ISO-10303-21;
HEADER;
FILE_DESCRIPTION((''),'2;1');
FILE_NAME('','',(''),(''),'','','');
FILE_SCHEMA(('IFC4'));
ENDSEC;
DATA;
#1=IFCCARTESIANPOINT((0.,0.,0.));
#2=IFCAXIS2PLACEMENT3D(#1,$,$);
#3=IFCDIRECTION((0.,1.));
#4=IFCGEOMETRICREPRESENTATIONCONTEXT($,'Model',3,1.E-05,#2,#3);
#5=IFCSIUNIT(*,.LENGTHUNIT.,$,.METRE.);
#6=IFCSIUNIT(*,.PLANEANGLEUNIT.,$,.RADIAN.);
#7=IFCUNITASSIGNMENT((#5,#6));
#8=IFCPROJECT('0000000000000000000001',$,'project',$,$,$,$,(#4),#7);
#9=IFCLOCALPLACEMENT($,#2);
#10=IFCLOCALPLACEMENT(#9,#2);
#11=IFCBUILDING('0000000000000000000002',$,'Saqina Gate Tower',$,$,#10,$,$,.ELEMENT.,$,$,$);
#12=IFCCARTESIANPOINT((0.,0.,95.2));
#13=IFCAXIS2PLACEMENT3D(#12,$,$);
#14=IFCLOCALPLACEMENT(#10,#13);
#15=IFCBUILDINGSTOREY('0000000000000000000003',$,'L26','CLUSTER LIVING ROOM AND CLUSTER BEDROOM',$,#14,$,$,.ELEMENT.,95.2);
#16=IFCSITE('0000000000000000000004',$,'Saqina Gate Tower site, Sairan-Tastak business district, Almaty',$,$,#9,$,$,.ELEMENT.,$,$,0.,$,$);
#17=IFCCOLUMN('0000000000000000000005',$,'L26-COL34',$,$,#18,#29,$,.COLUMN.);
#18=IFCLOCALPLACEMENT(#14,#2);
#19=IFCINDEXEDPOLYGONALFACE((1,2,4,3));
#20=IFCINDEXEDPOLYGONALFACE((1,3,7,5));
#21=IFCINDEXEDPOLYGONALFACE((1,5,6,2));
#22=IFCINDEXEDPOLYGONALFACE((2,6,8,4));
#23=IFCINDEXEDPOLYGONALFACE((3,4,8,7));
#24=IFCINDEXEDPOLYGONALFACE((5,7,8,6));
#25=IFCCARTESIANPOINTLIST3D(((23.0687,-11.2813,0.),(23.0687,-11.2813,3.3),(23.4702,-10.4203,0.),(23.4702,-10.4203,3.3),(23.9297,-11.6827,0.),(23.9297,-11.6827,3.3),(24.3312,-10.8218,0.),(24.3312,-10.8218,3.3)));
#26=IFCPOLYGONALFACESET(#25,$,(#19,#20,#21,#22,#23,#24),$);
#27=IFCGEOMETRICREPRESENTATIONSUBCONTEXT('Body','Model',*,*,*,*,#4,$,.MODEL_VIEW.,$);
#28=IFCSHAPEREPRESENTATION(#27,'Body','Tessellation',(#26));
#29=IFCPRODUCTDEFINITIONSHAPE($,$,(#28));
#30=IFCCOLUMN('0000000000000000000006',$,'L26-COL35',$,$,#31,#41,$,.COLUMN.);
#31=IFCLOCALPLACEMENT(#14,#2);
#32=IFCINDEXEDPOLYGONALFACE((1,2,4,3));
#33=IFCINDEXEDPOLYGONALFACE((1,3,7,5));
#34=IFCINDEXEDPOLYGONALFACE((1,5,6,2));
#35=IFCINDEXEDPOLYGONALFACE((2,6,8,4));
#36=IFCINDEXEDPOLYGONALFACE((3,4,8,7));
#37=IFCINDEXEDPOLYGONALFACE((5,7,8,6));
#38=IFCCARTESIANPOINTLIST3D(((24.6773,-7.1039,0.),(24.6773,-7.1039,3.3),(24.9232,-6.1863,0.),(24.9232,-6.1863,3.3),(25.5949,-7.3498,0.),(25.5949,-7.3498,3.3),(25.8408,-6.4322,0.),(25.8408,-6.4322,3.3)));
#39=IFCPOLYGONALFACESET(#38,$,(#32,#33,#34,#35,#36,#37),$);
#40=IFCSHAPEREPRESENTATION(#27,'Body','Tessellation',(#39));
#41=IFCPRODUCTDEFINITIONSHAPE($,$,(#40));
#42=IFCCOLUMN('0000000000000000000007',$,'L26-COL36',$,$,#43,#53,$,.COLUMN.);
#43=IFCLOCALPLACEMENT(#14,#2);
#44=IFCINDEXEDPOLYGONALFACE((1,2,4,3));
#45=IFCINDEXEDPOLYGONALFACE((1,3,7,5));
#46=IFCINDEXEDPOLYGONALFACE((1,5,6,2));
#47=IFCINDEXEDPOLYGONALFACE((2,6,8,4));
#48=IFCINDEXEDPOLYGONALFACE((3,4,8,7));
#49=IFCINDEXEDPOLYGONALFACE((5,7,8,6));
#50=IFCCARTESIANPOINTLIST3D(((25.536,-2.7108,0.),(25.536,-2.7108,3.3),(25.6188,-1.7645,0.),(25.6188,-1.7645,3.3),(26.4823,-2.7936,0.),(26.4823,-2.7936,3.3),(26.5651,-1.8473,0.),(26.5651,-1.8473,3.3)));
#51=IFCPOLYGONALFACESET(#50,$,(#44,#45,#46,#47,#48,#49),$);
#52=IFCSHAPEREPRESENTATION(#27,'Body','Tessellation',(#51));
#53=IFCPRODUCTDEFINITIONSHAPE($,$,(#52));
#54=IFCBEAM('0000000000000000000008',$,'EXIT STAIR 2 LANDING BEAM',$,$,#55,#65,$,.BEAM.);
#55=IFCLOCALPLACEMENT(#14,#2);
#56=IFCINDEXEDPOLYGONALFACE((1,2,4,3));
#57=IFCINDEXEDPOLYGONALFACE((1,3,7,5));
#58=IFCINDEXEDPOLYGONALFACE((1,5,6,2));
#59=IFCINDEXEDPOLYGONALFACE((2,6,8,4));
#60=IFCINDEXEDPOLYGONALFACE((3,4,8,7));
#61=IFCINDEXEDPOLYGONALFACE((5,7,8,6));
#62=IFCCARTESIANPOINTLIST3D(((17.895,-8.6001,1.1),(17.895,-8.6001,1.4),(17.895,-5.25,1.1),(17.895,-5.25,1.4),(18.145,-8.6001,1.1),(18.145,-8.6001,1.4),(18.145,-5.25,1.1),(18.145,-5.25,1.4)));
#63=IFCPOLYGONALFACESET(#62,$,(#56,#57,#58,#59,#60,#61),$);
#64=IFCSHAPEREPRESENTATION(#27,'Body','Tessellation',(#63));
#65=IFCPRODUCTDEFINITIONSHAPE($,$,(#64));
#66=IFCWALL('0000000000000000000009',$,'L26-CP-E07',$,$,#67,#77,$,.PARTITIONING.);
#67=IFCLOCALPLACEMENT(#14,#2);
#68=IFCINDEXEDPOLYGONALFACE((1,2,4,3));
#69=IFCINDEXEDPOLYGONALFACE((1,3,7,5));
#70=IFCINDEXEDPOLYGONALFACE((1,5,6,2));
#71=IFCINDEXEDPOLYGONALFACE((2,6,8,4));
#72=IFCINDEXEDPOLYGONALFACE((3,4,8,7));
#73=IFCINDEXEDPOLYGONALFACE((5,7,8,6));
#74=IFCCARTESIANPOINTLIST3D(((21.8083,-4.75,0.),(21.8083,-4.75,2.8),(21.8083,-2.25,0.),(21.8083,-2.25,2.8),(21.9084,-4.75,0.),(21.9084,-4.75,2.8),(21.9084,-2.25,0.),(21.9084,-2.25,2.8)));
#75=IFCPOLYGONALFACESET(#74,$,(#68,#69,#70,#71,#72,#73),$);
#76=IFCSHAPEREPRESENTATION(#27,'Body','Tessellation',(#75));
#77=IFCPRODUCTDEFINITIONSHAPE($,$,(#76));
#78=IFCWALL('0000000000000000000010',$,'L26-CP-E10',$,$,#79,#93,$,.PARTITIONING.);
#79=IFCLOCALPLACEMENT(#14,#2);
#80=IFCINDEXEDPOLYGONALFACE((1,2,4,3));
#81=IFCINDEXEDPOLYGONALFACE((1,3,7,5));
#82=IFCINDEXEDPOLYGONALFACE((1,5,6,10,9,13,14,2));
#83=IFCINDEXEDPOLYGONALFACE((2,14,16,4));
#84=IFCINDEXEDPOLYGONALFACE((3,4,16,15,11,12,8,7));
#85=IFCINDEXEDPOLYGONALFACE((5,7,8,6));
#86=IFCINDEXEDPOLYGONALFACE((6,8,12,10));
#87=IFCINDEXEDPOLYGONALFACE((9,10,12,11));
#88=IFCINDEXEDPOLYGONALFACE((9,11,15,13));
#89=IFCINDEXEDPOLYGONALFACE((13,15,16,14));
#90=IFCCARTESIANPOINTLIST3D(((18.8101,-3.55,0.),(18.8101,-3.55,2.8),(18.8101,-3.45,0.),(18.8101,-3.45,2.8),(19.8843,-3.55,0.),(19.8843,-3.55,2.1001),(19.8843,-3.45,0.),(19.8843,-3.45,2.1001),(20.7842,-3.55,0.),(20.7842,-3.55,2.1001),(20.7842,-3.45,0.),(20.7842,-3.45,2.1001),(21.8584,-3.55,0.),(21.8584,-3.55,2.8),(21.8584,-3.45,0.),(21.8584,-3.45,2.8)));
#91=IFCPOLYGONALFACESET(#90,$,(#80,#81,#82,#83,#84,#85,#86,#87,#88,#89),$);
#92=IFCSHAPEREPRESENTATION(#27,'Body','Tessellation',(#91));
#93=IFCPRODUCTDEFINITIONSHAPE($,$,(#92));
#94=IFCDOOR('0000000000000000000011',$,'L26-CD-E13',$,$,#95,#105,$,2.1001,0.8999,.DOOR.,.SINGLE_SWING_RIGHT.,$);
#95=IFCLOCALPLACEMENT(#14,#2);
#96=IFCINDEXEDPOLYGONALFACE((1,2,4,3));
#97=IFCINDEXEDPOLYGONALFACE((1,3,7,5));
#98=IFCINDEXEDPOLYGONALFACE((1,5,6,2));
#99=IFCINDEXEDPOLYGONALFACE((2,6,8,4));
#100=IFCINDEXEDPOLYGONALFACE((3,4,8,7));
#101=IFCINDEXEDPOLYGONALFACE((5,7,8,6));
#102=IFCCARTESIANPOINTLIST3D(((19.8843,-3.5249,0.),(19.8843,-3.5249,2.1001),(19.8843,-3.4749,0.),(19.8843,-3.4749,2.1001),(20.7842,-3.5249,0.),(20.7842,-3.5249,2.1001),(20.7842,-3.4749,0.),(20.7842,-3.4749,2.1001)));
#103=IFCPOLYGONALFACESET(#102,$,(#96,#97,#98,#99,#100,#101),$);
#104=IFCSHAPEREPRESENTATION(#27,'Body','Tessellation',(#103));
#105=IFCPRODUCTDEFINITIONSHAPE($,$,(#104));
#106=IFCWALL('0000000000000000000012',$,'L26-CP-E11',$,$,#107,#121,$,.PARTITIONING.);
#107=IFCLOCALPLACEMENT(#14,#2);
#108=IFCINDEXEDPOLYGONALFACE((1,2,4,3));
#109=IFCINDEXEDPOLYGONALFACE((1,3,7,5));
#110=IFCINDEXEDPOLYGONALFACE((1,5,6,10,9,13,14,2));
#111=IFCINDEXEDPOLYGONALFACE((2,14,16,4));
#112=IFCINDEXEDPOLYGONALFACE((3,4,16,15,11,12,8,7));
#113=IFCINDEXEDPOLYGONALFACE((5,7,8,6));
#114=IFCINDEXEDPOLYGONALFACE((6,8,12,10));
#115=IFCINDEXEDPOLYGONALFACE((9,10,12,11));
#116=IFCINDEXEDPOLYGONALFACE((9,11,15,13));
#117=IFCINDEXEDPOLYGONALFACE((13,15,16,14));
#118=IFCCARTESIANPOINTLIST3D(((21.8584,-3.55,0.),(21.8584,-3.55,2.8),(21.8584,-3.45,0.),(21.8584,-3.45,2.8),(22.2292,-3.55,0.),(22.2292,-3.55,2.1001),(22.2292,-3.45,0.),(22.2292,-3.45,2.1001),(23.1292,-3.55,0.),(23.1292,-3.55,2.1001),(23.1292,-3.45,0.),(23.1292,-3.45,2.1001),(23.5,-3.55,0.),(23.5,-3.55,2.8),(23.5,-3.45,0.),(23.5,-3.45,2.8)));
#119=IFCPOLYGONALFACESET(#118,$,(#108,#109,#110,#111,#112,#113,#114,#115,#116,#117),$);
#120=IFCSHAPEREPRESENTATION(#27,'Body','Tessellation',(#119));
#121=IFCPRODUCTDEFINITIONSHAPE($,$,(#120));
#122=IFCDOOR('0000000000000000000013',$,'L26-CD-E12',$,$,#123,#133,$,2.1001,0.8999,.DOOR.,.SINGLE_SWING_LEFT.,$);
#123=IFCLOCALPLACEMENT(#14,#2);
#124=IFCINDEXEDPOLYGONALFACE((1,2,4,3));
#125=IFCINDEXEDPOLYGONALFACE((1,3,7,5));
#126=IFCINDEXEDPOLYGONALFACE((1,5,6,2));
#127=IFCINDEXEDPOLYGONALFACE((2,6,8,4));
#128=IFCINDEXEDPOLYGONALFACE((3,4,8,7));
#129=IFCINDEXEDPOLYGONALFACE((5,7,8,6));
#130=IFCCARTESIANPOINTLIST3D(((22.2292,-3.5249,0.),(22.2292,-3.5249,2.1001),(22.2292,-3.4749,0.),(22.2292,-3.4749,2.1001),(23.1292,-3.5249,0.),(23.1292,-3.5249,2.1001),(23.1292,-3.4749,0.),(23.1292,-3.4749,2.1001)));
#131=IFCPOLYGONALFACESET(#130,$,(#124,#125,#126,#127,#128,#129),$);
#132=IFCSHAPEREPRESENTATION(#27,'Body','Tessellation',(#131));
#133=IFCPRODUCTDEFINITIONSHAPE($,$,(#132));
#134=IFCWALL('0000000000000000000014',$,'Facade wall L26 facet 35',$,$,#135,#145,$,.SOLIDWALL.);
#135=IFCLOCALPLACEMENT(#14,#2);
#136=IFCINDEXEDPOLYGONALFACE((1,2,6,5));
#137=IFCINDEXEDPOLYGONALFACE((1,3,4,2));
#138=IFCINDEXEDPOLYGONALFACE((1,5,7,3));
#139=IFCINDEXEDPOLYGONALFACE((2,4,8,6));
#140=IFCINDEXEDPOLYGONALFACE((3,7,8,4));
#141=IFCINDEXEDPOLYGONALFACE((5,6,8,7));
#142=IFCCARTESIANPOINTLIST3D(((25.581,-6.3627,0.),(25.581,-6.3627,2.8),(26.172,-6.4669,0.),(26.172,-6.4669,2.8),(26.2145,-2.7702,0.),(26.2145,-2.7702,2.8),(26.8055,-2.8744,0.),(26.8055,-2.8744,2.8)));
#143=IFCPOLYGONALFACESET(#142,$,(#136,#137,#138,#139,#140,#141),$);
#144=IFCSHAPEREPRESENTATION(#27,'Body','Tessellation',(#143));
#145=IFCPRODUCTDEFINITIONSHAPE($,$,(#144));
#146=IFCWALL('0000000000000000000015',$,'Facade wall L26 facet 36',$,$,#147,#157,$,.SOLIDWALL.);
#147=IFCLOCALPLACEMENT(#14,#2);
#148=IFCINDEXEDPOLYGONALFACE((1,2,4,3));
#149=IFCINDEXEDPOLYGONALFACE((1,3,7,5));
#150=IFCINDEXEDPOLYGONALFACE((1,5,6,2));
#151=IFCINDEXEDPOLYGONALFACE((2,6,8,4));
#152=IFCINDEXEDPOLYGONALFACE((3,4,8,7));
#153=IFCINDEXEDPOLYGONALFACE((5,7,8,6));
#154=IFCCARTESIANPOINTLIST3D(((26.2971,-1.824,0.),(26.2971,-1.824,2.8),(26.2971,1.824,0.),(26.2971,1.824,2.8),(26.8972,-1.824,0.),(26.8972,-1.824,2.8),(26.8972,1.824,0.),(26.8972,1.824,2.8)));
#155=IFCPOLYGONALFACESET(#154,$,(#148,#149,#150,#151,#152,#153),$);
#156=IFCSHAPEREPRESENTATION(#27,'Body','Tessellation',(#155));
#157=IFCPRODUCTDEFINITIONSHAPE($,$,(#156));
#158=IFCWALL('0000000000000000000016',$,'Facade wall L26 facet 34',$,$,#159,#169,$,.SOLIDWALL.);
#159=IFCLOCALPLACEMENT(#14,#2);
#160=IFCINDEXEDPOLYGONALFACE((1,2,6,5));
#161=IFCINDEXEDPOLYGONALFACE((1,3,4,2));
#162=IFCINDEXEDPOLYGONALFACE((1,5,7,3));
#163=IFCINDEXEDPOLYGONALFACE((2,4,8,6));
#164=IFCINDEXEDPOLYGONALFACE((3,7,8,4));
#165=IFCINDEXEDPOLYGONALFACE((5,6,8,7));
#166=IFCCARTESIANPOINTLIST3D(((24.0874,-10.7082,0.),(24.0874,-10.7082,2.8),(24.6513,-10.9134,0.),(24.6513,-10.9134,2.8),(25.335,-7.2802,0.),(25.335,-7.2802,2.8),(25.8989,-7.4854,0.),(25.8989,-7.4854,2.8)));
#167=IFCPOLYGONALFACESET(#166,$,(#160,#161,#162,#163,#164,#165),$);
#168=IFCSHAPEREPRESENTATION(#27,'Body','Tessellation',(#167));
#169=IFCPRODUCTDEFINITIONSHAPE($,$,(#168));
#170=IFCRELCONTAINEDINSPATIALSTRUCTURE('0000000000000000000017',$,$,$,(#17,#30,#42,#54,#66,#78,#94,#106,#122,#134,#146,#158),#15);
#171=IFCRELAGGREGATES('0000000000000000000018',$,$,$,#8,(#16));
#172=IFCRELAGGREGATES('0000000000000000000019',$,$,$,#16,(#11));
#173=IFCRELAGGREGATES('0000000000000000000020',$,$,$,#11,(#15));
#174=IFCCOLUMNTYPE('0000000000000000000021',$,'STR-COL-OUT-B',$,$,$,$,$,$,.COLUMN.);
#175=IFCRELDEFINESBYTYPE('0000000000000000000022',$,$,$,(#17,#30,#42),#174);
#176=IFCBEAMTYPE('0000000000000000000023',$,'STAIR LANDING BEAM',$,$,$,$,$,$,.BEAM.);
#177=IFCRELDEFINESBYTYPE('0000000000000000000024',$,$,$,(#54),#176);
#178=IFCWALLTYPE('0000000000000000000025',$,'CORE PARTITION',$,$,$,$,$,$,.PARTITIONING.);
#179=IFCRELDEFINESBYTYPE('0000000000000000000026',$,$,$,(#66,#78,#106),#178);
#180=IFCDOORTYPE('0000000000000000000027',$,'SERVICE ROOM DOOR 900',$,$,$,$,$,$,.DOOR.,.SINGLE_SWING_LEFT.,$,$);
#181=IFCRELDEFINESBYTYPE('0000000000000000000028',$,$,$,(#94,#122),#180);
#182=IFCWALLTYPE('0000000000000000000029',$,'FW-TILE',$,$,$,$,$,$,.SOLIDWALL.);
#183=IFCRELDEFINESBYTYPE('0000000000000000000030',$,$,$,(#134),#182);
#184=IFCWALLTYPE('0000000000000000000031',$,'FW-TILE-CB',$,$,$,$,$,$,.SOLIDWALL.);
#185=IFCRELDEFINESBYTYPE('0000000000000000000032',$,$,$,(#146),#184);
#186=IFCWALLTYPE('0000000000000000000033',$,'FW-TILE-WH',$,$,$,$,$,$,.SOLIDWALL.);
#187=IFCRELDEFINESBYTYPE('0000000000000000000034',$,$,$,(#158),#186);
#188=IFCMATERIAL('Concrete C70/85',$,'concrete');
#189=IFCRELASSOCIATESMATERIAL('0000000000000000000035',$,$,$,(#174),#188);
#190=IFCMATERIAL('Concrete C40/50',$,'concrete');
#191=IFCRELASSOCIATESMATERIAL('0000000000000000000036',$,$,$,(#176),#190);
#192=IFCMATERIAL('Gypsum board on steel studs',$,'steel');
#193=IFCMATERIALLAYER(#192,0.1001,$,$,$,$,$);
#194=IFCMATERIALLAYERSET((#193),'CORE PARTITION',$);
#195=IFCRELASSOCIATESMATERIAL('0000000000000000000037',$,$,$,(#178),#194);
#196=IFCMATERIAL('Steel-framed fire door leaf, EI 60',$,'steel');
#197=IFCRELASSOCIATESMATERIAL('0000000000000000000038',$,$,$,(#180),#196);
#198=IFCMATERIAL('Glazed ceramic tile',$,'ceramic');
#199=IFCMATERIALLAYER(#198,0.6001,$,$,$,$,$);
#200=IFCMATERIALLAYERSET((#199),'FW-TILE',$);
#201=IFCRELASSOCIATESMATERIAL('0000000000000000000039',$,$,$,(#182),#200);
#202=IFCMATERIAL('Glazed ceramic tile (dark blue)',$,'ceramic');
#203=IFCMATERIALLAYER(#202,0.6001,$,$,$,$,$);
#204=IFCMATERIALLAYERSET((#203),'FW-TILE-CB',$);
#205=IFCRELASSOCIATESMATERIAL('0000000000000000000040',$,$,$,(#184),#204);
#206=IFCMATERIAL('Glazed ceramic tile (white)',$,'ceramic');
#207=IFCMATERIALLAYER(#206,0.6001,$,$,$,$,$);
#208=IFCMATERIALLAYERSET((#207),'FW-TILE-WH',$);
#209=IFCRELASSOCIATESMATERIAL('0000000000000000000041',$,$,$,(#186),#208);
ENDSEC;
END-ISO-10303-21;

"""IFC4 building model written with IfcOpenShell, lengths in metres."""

from ifc_helpers import new_model, si_unit, direction, frame, frame_2d, origin, origin_2d, place, context, subcontext, project, spatial, rectangle, extrude, material, layer, layer_set, material_profile, profile_set, type_object, element, fill, save


model = new_model("IFC4")

# Units and contexts
model_context = context("Model", 3, precision=1e-05, world=origin(), true_north=direction((0.0, 1.0)))
body_context = subcontext(model_context, "Body", "Model", "MODEL_VIEW")
ifc_project = project(units=[si_unit("LENGTHUNIT", "METRE"), si_unit("PLANEANGLEUNIT", "RADIAN")], contexts=[model_context])

# Site, building, storey
site_placement = place(None, origin())
site = spatial("IfcSite", under=ifc_project, at=site_placement, Name="Saqina Gate Tower site, Sairan-Tastak business district, Almaty", CompositionType="ELEMENT", RefElevation=0.0)
building_placement = place(site_placement, origin())
building = spatial("IfcBuilding", under=site, at=building_placement, Name="Saqina Gate Tower", CompositionType="ELEMENT")
storey_placement = place(building_placement, frame((0.0, 0.0, 95.2)))
storey = spatial("IfcBuildingStorey", under=building, at=storey_placement, Name="L26", Description="CLUSTER LIVING ROOM AND CLUSTER BEDROOM", CompositionType="ELEMENT", Elevation=95.2)

# Columns
ifc_material_1 = material(Name="Concrete C70/85", Category="concrete")
ifc_material_profile_1 = material_profile(ifc_material_1, rectangle(XDim=0.95, YDim=0.95, at=origin_2d()), Name="RC 950x950")
ifc_profile_set_1 = profile_set([ifc_material_profile_1], Name="Concrete C70/85")
column_type = type_object("IfcColumnType", Name="STR-COL-OUT-B", PredefinedType="COLUMN", material=ifc_profile_set_1)
for number, where, z_axis, x_axis, name in (
    (1, (23.7, -11.0515, 0.0), (0.0, 0.0, 1.0), (0.906308, -0.422618, 0.0), "L26-COL34"),
    (2, (25.259, -6.7681, 0.0), (0.0, 0.0, 1.0), (0.965926, -0.258819, 0.0), "L26-COL35"),
    (3, (26.0505, -2.2791, 0.0), (0.0, 0.0, 1.0), (0.996195, -0.087156, 0.0), "L26-COL36"),
):
    element("IfcColumn", number, at=place(storey_placement, frame(where, z_axis=z_axis, x_axis=x_axis)), inside=storey, type_object=column_type, Name=name, PredefinedType="COLUMN", context=body_context, shape_type="SweptSolid", body=[
        extrude(rectangle(XDim=0.95, YDim=0.95, at=origin_2d()), origin(), (0.0, 0.0, 1.0), 3.3),
    ])

# Beam
ifc_material_2 = material(Name="Concrete C40/50", Category="concrete")
ifc_material_profile_2 = material_profile(ifc_material_2, rectangle(XDim=0.25, YDim=0.3, at=origin_2d()), Name="STAIR LANDING BEAM")
ifc_profile_set_2 = profile_set([ifc_material_profile_2], Name="Concrete C40/50")
beam_type = type_object("IfcBeamType", Name="STAIR LANDING BEAM", PredefinedType="BEAM", material=ifc_profile_set_2)
beam_placement = place(storey_placement, frame((18.02, -8.6001, 1.25), z_axis=(0.0, 1.0, 0.0), x_axis=(-1.0, 0.0, 0.0)))
element("IfcBeam", 4, at=beam_placement, inside=storey, type_object=beam_type, Name="EXIT STAIR 2 LANDING BEAM", PredefinedType="BEAM", context=body_context, shape_type="SweptSolid", body=[
    extrude(rectangle(XDim=0.25, YDim=0.3, at=origin_2d()), origin(), (0.0, 0.0, 1.0), 3.3501),
])

# Wall
ifc_material_3 = material(Name="Gypsum board on steel studs", Category="steel")
ifc_layer_1 = layer(ifc_material_3, 0.1001)
ifc_layer_set_1 = layer_set([ifc_layer_1], Name="CORE PARTITION")
wall_type_1 = type_object("IfcWallType", Name="CORE PARTITION", PredefinedType="PARTITIONING", material=ifc_layer_set_1)
wall_1_placement = place(storey_placement, frame((21.8584, -4.75, 0.0), z_axis=(0.0, 0.0, 1.0), x_axis=(0.0, 1.0, 0.0)))
element("IfcWall", 5, at=wall_1_placement, inside=storey, type_object=wall_type_1, Name="L26-CP-E07", PredefinedType="PARTITIONING", context=body_context, shape_type="SweptSolid", body=[
    extrude(rectangle(XDim=2.5, YDim=0.1001, at=frame_2d((1.25, 0.0))), origin(), (0.0, 0.0, 1.0), 2.8),
])

# Walls, openings, doors
wall_2_placement = place(storey_placement, frame((18.8101, -3.5, 0.0), z_axis=(0.0, 0.0, 1.0), x_axis=(1.0, 0.0, 0.0)))
wall_2 = element("IfcWall", 6, at=wall_2_placement, inside=storey, type_object=wall_type_1, Name="L26-CP-E10", PredefinedType="PARTITIONING", context=body_context, shape_type="SweptSolid", body=[
    extrude(rectangle(XDim=3.0483, YDim=0.1001, at=frame_2d((1.5242, 0.0))), origin(), (0.0, 0.0, 1.0), 2.8),
])
opening_1_placement = place(wall_2_placement, frame((1.0742, 0.0, 0.0)))
opening_1 = element("IfcOpeningElement", 7, at=opening_1_placement, cuts=wall_2, PredefinedType="OPENING", context=body_context, shape_type="SweptSolid", body=[
    extrude(rectangle(XDim=0.8999, YDim=2.1001, at=frame_2d((0.45, 1.05))), frame((0.0, 0.062, 0.0), z_axis=(0.0, -1.0, 0.0), x_axis=(1.0, 0.0, 0.0)), (0.0, 0.0, 1.0), 0.124),
])
ifc_material_4 = material(Name="Steel-framed fire door leaf, EI 60", Category="steel")
door_type = type_object("IfcDoorType", Name="SERVICE ROOM DOOR 900", OperationType="SINGLE_SWING_LEFT", PredefinedType="DOOR", material=ifc_material_4)
door_1_placement = place(opening_1_placement, frame((0.8999, 0.0, 0.0), z_axis=(0.0, 0.0, 1.0), x_axis=(-1.0, 0.0, 0.0)))
door_1 = element("IfcDoor", 8, at=door_1_placement, inside=storey, type_object=door_type, Name="L26-CD-E13", OperationType="SINGLE_SWING_RIGHT", OverallHeight=2.1001, OverallWidth=0.8999, PredefinedType="DOOR", context=body_context, shape_type="SweptSolid", body=[
    extrude(rectangle(XDim=0.8999, YDim=2.1001, at=frame_2d((0.45, 1.05))), frame((0.0, 0.0249, 0.0), z_axis=(0.0, -1.0, 0.0), x_axis=(1.0, 0.0, 0.0)), (0.0, 0.0, 1.0), 0.05),
])
fill(opening_1, door_1)
wall_3_placement = place(storey_placement, frame((21.8584, -3.5, 0.0), z_axis=(0.0, 0.0, 1.0), x_axis=(1.0, 0.0, 0.0)))
wall_3 = element("IfcWall", 9, at=wall_3_placement, inside=storey, type_object=wall_type_1, Name="L26-CP-E11", PredefinedType="PARTITIONING", context=body_context, shape_type="SweptSolid", body=[
    extrude(rectangle(XDim=1.6416, YDim=0.1001, at=frame_2d((0.8208, 0.0))), origin(), (0.0, 0.0, 1.0), 2.8),
])
opening_2_placement = place(wall_3_placement, frame((0.3708, 0.0, 0.0)))
opening_2 = element("IfcOpeningElement", 10, at=opening_2_placement, cuts=wall_3, PredefinedType="OPENING", context=body_context, shape_type="SweptSolid", body=[
    extrude(rectangle(XDim=0.8999, YDim=2.1001, at=frame_2d((0.45, 1.05))), frame((0.0, 0.062, 0.0), z_axis=(0.0, -1.0, 0.0), x_axis=(1.0, 0.0, 0.0)), (0.0, 0.0, 1.0), 0.124),
])
door_2_placement = place(opening_2_placement, frame((0.8999, 0.0, 0.0), z_axis=(0.0, 0.0, 1.0), x_axis=(-1.0, 0.0, 0.0)))
door_2 = element("IfcDoor", 11, at=door_2_placement, inside=storey, type_object=door_type, Name="L26-CD-E12", OperationType="SINGLE_SWING_LEFT", OverallHeight=2.1001, OverallWidth=0.8999, PredefinedType="DOOR", context=body_context, shape_type="SweptSolid", body=[
    extrude(rectangle(XDim=0.8999, YDim=2.1001, at=frame_2d((0.45, 1.05))), frame((0.0, 0.0249, 0.0), z_axis=(0.0, -1.0, 0.0), x_axis=(1.0, 0.0, 0.0)), (0.0, 0.0, 1.0), 0.05),
])
fill(opening_2, door_2)

# Walls
ifc_material_5 = material(Name="Glazed ceramic tile", Category="ceramic")
ifc_layer_2 = layer(ifc_material_5, 0.6001)
ifc_layer_set_2 = layer_set([ifc_layer_2], Name="FW-TILE")
wall_type_2 = type_object("IfcWallType", Name="FW-TILE", PredefinedType="SOLIDWALL", material=ifc_layer_set_2)
wall_4_placement = place(storey_placement, frame((25.8765, -6.4148, 0.0), z_axis=(0.0, 0.0, 1.0), x_axis=(0.173671, 0.984804, 0.0)))
element("IfcWall", 12, at=wall_4_placement, inside=storey, type_object=wall_type_2, Name="Facade wall L26 facet 35", PredefinedType="SOLIDWALL", context=body_context, shape_type="SweptSolid", body=[
    extrude(rectangle(XDim=3.6479, YDim=0.6001, at=frame_2d((1.824, 0.0))), origin(), (0.0, 0.0, 1.0), 2.8),
])
ifc_material_6 = material(Name="Glazed ceramic tile (dark blue)", Category="ceramic")
ifc_layer_3 = layer(ifc_material_6, 0.6001)
ifc_layer_set_3 = layer_set([ifc_layer_3], Name="FW-TILE-CB")
wall_type_3 = type_object("IfcWallType", Name="FW-TILE-CB", PredefinedType="SOLIDWALL", material=ifc_layer_set_3)
wall_5_placement = place(storey_placement, frame((26.5972, -1.824, 0.0), z_axis=(0.0, 0.0, 1.0), x_axis=(0.0, 1.0, 0.0)))
element("IfcWall", 13, at=wall_5_placement, inside=storey, type_object=wall_type_3, Name="Facade wall L26 facet 36", PredefinedType="SOLIDWALL", context=body_context, shape_type="SweptSolid", body=[
    extrude(rectangle(XDim=3.6479, YDim=0.6001, at=frame_2d((1.824, 0.0))), origin(), (0.0, 0.0, 1.0), 2.8),
])
ifc_material_7 = material(Name="Glazed ceramic tile (white)", Category="ceramic")
ifc_layer_4 = layer(ifc_material_7, 0.6001)
ifc_layer_set_4 = layer_set([ifc_layer_4], Name="FW-TILE-WH")
wall_type_4 = type_object("IfcWallType", Name="FW-TILE-WH", PredefinedType="SOLIDWALL", material=ifc_layer_set_4)
wall_6_placement = place(storey_placement, frame((24.3694, -10.8108, 0.0), z_axis=(0.0, 0.0, 1.0), x_axis=(0.34199, 0.939704, 0.0)))
element("IfcWall", 14, at=wall_6_placement, inside=storey, type_object=wall_type_4, Name="Facade wall L26 facet 34", PredefinedType="SOLIDWALL", context=body_context, shape_type="SweptSolid", body=[
    extrude(rectangle(XDim=3.6479, YDim=0.6001, at=frame_2d((1.824, 0.0))), origin(), (0.0, 0.0, 1.0), 2.8),
])

save(model, "model.ifc")
